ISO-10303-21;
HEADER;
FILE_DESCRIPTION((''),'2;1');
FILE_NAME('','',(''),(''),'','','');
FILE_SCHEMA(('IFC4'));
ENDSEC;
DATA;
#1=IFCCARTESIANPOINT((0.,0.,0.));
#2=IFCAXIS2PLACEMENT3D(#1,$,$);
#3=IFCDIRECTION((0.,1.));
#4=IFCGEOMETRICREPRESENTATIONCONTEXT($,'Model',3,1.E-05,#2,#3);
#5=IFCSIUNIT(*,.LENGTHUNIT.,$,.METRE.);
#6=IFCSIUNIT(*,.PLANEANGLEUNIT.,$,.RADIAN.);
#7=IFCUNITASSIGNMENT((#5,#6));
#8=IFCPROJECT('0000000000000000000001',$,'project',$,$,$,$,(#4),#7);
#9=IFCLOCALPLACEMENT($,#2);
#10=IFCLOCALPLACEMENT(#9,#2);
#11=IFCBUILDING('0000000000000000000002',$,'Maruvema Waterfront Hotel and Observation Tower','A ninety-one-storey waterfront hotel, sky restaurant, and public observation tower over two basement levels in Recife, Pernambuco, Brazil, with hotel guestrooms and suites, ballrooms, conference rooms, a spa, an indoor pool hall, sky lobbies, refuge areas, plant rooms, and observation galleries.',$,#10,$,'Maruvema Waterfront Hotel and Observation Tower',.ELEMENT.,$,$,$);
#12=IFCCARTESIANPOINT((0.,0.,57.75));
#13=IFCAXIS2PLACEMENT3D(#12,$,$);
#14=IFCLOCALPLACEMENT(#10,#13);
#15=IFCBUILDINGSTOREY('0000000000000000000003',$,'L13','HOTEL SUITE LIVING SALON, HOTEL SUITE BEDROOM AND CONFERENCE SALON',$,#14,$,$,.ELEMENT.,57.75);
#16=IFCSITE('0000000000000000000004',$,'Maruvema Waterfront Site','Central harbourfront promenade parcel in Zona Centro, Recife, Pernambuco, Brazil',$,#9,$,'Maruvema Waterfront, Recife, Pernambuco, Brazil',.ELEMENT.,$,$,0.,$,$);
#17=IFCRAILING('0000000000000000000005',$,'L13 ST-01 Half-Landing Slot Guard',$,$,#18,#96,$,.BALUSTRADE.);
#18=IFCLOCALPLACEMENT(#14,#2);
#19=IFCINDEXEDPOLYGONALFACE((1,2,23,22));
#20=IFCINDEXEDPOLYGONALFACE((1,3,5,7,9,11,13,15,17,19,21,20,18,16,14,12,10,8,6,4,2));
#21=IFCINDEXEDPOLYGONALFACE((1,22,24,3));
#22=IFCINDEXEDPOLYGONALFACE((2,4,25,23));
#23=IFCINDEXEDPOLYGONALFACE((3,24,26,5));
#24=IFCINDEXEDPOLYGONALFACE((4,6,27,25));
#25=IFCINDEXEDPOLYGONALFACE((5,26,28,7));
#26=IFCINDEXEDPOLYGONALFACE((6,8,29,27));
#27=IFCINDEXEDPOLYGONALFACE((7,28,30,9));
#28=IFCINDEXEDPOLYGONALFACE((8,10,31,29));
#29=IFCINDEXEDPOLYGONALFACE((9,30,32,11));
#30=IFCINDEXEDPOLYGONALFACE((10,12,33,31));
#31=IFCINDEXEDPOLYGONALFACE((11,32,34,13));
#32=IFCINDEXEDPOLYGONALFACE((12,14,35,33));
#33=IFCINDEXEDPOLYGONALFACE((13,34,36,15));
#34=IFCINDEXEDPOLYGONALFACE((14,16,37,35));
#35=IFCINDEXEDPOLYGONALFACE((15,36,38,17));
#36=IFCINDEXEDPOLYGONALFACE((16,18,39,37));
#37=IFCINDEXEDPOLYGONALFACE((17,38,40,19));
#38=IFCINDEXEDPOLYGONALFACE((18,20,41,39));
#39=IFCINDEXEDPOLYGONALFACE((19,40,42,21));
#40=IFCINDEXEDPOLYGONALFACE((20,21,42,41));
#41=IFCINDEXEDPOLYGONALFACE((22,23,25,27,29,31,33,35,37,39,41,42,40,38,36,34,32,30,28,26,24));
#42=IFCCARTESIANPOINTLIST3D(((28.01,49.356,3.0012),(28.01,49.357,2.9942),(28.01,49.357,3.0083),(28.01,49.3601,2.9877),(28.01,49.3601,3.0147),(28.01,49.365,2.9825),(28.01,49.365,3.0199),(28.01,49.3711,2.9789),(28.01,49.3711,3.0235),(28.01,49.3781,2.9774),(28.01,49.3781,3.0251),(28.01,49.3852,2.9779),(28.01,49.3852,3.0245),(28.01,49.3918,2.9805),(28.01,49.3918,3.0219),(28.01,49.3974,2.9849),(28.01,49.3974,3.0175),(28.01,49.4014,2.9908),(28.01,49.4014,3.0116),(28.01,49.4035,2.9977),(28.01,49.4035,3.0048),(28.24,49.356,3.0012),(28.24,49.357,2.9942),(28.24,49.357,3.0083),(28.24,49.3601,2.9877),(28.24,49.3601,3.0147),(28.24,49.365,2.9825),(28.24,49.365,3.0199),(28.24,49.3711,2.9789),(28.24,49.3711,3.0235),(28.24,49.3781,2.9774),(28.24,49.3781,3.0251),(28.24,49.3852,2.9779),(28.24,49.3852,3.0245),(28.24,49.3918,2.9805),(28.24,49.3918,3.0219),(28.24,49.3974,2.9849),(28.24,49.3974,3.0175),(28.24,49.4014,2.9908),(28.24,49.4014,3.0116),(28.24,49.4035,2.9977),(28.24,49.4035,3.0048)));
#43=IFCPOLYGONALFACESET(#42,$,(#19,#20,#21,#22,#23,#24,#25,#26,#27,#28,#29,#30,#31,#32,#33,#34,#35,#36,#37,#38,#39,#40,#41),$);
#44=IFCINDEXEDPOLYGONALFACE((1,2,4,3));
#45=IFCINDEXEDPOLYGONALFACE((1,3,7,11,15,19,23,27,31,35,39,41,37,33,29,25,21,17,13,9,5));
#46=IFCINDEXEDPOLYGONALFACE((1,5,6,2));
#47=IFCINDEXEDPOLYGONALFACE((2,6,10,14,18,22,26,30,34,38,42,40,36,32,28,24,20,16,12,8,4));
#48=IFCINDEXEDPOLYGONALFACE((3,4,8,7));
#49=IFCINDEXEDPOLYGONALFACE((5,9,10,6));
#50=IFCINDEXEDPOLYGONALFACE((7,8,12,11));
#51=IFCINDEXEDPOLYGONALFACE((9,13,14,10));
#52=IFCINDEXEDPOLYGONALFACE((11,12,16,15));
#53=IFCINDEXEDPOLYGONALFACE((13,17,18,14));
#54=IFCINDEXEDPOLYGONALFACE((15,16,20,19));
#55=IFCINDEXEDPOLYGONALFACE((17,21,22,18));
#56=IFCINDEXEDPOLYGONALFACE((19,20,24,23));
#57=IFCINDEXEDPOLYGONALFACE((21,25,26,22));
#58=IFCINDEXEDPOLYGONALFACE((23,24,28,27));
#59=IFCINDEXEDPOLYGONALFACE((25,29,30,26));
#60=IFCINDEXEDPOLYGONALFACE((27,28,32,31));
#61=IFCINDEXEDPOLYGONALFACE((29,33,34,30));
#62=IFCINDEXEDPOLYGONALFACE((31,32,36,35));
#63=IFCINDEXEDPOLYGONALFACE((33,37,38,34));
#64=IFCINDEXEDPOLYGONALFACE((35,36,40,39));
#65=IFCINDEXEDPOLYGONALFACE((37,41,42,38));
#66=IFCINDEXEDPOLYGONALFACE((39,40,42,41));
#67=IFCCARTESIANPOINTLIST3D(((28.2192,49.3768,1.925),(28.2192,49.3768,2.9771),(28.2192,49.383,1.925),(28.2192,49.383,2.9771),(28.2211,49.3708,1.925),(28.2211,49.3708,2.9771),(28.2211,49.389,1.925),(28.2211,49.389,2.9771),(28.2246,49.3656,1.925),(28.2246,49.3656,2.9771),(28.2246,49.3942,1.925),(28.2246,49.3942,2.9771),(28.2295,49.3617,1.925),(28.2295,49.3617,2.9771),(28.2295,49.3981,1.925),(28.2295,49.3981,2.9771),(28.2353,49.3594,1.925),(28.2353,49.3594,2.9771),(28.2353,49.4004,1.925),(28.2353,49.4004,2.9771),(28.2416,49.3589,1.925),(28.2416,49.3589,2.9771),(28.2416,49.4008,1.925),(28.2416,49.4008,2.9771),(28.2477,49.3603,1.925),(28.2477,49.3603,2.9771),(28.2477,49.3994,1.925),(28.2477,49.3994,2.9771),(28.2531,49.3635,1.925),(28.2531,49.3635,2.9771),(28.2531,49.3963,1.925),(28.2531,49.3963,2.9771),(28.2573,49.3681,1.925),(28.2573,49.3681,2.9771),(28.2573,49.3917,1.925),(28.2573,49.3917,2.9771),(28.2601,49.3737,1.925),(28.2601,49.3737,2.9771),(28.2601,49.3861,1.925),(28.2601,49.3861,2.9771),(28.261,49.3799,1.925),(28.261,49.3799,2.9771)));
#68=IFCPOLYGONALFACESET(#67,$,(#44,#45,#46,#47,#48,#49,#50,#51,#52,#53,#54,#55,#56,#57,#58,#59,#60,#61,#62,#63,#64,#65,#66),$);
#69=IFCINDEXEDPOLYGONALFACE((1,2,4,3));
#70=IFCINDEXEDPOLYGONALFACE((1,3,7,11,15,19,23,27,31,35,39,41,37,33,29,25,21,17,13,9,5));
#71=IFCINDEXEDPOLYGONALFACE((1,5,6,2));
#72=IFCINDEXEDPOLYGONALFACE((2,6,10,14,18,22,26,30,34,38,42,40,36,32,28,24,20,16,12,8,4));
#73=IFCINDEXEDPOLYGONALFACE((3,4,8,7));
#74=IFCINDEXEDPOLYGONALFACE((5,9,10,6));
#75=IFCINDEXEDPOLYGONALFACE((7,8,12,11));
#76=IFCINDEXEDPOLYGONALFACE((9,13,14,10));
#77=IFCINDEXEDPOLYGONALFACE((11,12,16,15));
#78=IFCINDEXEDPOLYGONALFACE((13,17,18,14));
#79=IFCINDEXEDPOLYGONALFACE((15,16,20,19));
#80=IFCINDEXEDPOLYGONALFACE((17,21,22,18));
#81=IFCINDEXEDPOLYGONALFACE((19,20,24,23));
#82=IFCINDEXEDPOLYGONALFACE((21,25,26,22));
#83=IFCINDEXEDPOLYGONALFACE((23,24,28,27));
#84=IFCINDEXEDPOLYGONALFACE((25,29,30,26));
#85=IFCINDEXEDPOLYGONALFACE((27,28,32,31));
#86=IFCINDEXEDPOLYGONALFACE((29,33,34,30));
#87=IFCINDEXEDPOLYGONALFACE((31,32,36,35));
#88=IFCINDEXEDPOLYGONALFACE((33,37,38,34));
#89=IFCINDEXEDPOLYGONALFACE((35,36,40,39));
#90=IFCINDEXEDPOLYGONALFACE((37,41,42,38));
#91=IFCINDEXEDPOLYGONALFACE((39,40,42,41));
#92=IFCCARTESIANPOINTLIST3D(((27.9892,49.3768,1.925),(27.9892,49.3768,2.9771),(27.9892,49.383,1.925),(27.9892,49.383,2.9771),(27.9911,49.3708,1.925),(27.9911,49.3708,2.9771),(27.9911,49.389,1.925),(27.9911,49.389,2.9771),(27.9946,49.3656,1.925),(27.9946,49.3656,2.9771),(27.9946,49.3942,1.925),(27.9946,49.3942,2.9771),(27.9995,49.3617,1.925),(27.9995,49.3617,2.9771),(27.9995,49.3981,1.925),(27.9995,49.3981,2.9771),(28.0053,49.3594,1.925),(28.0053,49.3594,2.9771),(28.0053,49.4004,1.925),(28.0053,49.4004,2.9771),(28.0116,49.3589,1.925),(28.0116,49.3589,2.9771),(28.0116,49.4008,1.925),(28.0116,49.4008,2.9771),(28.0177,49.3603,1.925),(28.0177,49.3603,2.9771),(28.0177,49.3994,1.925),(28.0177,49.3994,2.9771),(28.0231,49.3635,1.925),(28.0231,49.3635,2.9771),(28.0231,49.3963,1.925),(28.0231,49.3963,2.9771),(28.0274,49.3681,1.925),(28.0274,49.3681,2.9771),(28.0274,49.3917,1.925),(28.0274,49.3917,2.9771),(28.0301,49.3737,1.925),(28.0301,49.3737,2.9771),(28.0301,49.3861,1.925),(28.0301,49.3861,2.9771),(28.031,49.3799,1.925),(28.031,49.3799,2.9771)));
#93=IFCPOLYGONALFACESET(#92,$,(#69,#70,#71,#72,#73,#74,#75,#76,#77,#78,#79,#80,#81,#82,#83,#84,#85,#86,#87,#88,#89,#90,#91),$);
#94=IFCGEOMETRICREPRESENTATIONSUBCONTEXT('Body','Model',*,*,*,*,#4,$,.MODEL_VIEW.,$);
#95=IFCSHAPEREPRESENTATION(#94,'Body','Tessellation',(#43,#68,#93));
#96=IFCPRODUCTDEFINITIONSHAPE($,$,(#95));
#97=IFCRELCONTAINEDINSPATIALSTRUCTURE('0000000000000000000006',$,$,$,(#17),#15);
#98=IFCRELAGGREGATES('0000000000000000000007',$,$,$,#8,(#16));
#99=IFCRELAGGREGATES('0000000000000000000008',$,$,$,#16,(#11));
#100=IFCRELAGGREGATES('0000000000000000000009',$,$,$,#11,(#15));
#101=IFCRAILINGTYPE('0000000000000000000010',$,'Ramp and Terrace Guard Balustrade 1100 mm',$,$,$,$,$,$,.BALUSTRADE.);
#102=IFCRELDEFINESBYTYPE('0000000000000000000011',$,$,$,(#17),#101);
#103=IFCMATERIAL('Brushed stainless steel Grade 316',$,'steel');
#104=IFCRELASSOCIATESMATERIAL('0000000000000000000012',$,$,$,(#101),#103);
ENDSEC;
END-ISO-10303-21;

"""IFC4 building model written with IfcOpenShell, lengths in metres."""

from ifc_helpers import new_model, si_unit, direction, frame, origin, origin_2d, place, context, subcontext, project, spatial, circle, extrude, material, type_object, element, save


model = new_model("IFC4")

# Units and contexts
model_context = context("Model", 3, precision=1e-05, world=origin(), true_north=direction((0.0, 1.0)))
body_context = subcontext(model_context, "Body", "Model", "MODEL_VIEW")
ifc_project = project(units=[si_unit("LENGTHUNIT", "METRE"), si_unit("PLANEANGLEUNIT", "RADIAN")], contexts=[model_context])

# Site, building, storey
site_placement = place(None, origin())
site = spatial("IfcSite", under=ifc_project, at=site_placement, Name="Maruvema Waterfront Site", Description="Central harbourfront promenade parcel in Zona Centro, Recife, Pernambuco, Brazil", LongName="Maruvema Waterfront, Recife, Pernambuco, Brazil", CompositionType="ELEMENT", RefElevation=0.0)
building_placement = place(site_placement, origin())
building = spatial("IfcBuilding", under=site, at=building_placement, Name="Maruvema Waterfront Hotel and Observation Tower", Description="A ninety-one-storey waterfront hotel, sky restaurant, and public observation tower over two basement levels in Recife, Pernambuco, Brazil, with hotel guestrooms and suites, ballrooms, conference rooms, a spa, an indoor pool hall, sky lobbies, refuge areas, plant rooms, and observation galleries.", LongName="Maruvema Waterfront Hotel and Observation Tower", CompositionType="ELEMENT")
storey_placement = place(building_placement, frame((0.0, 0.0, 57.75)))
storey = spatial("IfcBuildingStorey", under=building, at=storey_placement, Name="L13", Description="HOTEL SUITE LIVING SALON, HOTEL SUITE BEDROOM AND CONFERENCE SALON", CompositionType="ELEMENT", Elevation=57.75)

# Railing
ifc_material_1 = material(Name="Brushed stainless steel Grade 316", Category="steel")
railing_type_1 = type_object("IfcRailingType", Name="Ramp and Terrace Guard Balustrade 1100 mm", PredefinedType="BALUSTRADE", material=ifc_material_1)
railing_1_placement = place(storey_placement, frame((28.24, 49.3799, 1.925)))
element("IfcRailing", 1, at=railing_1_placement, inside=storey, type_object=railing_type_1, Name="L13 ST-01 Half-Landing Slot Guard", PredefinedType="BALUSTRADE", context=body_context, shape_type="SweptSolid", body=[
    extrude(circle(Radius=0.0239, at=origin_2d()), frame((0.0, 0.0, 1.0762), z_axis=(-1.0, 0.0, 0.0), x_axis=(0.0, -1.0, 0.0)), (0.0, 0.0, 1.0), 0.23),
    extrude(circle(Radius=0.021, at=origin_2d()), origin(), (0.0, 0.0, 1.0), 1.052),
    extrude(circle(Radius=0.021, at=origin_2d()), frame((-0.23, 0.0, 0.0)), (0.0, 0.0, 1.0), 1.052),
])

save(model, "model.ifc")
